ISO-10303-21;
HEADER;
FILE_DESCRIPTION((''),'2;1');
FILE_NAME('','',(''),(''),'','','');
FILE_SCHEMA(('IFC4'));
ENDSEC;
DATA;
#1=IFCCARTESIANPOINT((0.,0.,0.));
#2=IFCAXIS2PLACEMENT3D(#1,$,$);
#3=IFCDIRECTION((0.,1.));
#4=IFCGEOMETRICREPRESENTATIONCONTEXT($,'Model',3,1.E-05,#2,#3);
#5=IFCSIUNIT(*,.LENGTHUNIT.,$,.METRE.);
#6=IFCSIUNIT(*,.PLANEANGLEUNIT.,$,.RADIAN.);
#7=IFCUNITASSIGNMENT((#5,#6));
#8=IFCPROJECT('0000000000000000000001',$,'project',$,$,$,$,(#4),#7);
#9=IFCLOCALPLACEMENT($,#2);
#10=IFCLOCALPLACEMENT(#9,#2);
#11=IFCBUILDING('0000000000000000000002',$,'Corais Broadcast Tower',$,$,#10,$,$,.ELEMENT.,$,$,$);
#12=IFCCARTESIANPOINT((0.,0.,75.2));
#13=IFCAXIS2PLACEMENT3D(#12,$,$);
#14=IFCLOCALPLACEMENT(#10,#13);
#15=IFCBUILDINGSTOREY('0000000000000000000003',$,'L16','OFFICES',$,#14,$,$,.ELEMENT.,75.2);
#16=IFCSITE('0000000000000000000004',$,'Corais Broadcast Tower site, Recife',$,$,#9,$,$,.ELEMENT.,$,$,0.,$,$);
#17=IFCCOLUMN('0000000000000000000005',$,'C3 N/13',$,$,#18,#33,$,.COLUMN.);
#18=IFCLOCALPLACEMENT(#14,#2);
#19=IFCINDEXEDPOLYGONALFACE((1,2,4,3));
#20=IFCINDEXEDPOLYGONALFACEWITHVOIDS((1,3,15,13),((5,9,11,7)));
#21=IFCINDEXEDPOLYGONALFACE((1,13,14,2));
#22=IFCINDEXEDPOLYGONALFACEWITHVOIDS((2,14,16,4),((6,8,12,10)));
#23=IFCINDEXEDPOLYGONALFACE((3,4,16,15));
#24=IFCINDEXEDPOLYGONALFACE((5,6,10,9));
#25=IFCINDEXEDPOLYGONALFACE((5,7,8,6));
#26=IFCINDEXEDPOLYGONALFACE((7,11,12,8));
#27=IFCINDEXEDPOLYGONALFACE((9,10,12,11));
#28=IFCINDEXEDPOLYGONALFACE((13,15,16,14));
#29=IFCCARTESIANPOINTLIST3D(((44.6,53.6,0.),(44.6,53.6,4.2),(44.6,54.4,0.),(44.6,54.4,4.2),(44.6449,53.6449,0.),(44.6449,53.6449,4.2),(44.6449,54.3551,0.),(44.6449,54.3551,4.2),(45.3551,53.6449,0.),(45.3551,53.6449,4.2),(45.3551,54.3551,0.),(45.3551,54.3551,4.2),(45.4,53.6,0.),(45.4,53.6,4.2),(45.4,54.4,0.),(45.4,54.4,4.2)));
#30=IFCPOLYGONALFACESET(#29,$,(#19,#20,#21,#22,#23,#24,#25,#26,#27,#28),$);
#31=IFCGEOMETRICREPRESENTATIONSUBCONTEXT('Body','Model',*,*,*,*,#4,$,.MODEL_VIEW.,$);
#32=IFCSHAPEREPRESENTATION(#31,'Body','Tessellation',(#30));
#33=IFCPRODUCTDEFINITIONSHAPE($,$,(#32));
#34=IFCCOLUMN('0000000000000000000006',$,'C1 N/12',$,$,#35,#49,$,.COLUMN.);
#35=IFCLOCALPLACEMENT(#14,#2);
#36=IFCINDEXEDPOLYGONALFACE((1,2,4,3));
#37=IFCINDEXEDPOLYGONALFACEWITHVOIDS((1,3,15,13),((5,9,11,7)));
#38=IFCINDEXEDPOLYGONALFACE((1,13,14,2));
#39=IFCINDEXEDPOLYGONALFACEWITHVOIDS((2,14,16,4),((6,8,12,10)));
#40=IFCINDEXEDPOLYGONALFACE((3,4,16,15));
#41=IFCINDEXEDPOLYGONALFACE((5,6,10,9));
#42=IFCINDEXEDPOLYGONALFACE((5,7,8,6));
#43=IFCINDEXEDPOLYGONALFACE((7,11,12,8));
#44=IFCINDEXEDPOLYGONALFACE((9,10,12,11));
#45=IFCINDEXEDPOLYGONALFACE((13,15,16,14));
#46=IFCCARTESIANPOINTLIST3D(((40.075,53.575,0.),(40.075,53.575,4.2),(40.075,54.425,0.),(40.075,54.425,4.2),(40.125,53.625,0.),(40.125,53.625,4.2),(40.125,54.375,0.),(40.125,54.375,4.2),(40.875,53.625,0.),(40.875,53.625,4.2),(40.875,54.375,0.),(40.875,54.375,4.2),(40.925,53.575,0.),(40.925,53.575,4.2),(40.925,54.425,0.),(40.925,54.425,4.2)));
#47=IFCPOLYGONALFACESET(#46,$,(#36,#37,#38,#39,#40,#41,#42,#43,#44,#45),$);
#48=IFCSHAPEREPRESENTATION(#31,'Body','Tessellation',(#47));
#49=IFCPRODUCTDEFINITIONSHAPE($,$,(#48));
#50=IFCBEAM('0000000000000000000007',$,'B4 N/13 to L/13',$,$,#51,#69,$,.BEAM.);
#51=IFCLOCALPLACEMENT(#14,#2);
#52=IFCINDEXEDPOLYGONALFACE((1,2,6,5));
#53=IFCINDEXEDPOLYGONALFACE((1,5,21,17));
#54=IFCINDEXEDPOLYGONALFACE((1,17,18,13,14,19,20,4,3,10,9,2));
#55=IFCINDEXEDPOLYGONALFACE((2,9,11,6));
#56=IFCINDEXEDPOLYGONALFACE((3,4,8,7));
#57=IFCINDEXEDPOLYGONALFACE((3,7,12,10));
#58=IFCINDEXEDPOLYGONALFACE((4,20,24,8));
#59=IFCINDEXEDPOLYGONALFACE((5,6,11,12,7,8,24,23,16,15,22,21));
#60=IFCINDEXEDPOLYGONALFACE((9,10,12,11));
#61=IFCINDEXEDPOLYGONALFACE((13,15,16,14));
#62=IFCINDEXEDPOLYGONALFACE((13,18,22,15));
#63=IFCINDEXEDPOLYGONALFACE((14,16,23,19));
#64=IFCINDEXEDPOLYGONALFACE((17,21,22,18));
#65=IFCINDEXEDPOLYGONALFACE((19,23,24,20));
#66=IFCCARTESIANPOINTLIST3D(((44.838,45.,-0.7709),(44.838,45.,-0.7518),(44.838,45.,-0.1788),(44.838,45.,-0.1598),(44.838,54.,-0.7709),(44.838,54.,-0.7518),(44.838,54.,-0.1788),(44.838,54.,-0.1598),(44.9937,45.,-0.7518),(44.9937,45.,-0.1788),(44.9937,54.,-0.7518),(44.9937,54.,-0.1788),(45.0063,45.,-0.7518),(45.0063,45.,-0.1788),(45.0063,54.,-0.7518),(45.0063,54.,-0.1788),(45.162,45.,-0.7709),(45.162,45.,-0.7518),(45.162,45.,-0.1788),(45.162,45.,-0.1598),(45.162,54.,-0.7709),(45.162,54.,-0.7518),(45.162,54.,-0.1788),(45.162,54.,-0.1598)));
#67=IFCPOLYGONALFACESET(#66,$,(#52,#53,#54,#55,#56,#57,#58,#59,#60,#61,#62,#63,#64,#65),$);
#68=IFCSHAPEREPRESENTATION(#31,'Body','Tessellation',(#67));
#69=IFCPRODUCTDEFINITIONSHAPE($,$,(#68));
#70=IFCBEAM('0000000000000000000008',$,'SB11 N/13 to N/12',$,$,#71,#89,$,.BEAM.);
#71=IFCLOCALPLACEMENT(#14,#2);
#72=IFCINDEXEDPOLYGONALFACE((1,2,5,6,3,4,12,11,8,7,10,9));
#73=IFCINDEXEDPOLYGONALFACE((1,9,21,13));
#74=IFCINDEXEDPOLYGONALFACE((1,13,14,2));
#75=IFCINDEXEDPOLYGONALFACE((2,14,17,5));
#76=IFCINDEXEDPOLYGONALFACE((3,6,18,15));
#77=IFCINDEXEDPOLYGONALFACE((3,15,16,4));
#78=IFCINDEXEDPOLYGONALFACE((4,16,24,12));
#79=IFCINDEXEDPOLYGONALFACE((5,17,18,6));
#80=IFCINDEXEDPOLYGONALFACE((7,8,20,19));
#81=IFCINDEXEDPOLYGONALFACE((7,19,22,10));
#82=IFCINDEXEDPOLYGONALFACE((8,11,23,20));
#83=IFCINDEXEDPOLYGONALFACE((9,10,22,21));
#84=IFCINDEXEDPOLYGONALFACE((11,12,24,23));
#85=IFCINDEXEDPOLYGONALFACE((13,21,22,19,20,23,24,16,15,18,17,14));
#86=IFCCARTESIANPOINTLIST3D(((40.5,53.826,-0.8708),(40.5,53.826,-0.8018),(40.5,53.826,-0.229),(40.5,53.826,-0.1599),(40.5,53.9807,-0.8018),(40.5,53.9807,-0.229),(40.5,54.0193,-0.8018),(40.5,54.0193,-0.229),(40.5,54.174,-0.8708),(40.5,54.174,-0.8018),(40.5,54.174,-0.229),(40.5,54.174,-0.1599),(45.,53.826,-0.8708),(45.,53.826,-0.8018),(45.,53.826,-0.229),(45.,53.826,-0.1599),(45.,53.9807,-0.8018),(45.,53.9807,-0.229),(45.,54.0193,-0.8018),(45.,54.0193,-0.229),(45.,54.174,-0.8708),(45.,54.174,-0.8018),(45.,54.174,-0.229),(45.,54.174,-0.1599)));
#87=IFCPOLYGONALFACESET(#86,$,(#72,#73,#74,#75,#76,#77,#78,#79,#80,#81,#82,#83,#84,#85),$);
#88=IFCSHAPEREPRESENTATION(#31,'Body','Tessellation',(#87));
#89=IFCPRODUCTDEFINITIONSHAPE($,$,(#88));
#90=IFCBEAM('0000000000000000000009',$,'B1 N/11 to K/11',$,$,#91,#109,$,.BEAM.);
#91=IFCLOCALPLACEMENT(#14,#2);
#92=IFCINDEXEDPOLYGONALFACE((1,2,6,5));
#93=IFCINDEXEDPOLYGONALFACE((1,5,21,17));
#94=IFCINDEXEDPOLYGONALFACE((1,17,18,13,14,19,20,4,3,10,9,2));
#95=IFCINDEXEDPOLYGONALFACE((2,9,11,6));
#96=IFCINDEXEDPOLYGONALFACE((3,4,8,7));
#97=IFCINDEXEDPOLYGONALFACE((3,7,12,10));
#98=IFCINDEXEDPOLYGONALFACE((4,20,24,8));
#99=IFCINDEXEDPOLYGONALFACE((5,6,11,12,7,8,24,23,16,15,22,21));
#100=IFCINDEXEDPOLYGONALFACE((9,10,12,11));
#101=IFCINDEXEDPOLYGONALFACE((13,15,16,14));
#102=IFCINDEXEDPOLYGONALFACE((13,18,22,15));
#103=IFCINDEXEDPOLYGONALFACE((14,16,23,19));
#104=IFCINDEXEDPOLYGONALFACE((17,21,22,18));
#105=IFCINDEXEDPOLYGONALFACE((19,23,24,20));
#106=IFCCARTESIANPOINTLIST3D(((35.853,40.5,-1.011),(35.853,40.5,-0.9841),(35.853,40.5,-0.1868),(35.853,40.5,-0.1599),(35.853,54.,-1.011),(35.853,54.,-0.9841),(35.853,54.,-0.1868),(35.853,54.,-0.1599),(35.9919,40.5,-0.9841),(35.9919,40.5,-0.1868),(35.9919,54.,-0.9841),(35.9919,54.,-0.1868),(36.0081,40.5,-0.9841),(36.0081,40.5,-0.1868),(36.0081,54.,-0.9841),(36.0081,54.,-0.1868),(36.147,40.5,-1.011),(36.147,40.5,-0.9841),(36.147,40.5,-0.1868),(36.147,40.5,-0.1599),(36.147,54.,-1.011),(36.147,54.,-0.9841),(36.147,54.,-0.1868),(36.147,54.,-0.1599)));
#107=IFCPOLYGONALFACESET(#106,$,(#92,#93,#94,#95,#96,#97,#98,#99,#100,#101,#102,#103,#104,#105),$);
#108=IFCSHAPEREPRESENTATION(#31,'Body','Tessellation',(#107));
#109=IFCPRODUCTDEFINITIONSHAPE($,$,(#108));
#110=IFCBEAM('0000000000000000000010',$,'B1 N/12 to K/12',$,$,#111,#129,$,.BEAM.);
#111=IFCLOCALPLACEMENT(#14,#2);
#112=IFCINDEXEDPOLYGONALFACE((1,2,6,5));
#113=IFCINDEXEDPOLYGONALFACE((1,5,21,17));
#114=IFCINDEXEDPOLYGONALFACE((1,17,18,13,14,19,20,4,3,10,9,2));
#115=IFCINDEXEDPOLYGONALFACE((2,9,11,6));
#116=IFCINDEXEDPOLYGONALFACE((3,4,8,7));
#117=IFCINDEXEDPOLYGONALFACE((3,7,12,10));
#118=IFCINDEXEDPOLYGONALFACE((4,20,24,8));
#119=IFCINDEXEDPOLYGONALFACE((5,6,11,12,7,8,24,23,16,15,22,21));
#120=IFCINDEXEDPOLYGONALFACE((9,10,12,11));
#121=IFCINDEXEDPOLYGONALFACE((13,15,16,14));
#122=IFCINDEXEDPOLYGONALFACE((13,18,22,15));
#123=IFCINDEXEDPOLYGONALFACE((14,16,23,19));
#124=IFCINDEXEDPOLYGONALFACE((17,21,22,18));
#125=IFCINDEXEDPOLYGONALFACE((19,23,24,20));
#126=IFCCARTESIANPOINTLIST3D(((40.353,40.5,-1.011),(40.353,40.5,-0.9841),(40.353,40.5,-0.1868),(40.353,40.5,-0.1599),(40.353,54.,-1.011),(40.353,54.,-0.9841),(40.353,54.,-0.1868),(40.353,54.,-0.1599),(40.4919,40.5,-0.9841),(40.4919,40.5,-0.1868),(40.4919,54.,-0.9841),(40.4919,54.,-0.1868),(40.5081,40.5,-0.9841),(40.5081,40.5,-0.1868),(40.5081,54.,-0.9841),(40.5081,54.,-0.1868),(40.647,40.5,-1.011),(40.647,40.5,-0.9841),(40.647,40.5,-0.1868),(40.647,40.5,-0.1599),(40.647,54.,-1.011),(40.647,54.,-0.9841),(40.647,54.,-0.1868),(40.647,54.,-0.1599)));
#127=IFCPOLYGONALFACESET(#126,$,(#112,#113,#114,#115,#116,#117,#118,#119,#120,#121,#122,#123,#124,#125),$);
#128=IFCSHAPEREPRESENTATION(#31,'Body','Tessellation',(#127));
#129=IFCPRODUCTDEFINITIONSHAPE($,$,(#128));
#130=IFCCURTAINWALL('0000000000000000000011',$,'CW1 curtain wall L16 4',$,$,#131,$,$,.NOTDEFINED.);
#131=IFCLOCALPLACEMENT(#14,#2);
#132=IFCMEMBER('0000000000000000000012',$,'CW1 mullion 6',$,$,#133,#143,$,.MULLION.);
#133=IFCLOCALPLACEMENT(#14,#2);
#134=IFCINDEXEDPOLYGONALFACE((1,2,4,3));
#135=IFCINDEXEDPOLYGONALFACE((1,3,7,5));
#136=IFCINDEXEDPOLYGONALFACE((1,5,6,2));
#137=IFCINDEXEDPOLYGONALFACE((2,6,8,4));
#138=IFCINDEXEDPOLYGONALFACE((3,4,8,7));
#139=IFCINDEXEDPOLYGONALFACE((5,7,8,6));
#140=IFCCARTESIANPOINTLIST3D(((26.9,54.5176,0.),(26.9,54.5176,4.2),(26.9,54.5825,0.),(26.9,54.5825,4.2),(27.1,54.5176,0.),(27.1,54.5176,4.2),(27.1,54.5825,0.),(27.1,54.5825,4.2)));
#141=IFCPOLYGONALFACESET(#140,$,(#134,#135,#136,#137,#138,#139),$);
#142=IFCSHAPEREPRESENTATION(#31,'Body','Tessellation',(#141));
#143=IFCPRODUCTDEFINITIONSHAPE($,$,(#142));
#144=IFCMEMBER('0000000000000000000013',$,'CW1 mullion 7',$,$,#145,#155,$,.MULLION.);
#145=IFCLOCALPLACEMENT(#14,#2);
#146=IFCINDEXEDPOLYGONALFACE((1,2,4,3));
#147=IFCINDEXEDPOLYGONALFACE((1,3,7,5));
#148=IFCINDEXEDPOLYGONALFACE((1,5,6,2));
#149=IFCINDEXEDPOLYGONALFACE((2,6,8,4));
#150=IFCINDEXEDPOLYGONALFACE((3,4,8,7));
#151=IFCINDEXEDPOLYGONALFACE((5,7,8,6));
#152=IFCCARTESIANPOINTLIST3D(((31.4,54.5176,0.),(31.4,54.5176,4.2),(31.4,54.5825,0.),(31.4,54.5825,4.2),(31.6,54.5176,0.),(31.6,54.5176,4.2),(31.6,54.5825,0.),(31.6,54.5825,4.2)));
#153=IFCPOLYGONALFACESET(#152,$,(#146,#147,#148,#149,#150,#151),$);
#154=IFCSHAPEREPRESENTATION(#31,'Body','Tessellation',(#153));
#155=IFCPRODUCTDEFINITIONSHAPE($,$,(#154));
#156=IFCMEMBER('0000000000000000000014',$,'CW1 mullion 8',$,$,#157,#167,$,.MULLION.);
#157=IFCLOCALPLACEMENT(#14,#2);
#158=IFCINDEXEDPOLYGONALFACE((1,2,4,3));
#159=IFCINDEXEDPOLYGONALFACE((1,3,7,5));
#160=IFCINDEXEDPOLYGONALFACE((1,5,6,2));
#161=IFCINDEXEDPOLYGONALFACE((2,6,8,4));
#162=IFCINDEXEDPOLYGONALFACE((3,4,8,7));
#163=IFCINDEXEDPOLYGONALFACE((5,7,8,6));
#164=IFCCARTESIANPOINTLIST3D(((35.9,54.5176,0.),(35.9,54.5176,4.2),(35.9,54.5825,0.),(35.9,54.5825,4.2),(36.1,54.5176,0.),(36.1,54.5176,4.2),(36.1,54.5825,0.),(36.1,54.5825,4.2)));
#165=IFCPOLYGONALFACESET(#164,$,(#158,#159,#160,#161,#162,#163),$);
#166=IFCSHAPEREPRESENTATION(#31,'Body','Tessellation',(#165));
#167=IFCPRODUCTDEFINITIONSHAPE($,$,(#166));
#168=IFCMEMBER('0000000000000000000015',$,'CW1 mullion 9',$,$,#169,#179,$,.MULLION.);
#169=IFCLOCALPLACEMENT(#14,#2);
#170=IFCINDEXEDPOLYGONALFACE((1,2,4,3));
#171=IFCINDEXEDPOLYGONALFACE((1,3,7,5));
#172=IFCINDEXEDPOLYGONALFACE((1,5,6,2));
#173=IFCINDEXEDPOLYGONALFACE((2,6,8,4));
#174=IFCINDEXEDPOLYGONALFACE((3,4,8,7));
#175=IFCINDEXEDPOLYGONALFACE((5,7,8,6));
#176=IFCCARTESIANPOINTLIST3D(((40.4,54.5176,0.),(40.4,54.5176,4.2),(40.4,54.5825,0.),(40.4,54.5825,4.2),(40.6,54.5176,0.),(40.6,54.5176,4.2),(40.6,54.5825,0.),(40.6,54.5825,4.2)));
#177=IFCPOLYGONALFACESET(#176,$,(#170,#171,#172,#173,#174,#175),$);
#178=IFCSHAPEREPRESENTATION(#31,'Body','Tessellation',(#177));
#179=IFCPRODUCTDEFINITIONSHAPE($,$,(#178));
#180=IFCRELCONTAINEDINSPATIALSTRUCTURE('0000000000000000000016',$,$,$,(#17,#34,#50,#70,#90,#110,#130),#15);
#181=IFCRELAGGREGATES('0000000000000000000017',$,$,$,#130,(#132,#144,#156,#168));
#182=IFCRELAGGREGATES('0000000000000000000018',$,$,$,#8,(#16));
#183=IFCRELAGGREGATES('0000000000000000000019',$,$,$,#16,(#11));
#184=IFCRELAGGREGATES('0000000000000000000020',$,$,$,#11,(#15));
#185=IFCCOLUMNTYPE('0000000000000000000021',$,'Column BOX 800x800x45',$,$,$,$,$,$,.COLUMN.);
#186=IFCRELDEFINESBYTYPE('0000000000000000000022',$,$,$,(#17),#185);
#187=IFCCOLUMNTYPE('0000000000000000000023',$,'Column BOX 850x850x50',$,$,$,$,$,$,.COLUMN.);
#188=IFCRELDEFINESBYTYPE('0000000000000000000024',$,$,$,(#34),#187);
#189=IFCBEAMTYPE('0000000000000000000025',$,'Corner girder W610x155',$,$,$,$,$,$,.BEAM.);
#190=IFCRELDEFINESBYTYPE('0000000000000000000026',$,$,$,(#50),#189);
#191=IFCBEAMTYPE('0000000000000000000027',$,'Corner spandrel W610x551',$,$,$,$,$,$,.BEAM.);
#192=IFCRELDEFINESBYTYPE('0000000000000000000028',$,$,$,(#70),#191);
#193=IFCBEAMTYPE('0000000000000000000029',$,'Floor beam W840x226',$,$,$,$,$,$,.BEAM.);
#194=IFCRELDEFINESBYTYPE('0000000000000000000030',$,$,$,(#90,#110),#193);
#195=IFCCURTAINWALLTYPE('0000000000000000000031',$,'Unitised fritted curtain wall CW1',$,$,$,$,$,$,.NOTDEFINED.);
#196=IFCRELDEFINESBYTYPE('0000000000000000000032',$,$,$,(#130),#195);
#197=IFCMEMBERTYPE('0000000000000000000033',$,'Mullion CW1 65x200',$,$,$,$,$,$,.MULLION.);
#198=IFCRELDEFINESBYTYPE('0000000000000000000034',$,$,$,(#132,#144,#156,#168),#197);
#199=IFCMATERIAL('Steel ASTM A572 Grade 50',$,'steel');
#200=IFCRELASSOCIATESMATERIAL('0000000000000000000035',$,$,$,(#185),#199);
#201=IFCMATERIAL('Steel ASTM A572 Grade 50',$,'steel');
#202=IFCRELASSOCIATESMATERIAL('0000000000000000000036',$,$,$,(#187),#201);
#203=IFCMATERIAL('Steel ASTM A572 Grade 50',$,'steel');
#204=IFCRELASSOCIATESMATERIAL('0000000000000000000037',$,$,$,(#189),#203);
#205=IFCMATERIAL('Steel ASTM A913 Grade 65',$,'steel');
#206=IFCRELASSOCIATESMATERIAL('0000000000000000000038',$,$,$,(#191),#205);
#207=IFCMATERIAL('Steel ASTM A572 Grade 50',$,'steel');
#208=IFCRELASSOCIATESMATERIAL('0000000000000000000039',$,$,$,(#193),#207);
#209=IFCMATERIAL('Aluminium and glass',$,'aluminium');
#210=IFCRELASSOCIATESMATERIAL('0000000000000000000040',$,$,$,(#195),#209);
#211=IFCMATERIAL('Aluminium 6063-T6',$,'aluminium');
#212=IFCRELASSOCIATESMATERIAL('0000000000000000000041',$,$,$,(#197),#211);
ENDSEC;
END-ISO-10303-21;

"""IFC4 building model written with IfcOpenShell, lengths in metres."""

from ifc_helpers import new_model, si_unit, direction, frame, origin, origin_2d, place, context, subcontext, project, spatial, rectangle, hollow_rectangle, i_section, extrude, material, material_profile, profile_set, type_object, element, aggregate, save


model = new_model("IFC4")

# Units and contexts
model_context = context("Model", 3, precision=1e-05, world=origin(), true_north=direction((0.0, 1.0)))
body_context = subcontext(model_context, "Body", "Model", "MODEL_VIEW")
ifc_project = project(units=[si_unit("LENGTHUNIT", "METRE"), si_unit("PLANEANGLEUNIT", "RADIAN")], contexts=[model_context])

# Site, building, storey
site_placement = place(None, origin())
site = spatial("IfcSite", under=ifc_project, at=site_placement, Name="Corais Broadcast Tower site, Recife", CompositionType="ELEMENT", RefElevation=0.0)
building_placement = place(site_placement, origin())
building = spatial("IfcBuilding", under=site, at=building_placement, Name="Corais Broadcast Tower", CompositionType="ELEMENT")
storey_placement = place(building_placement, frame((0.0, 0.0, 75.2)))
storey = spatial("IfcBuildingStorey", under=building, at=storey_placement, Name="L16", Description="OFFICES", CompositionType="ELEMENT", Elevation=75.2)

# Columns
ifc_material_1 = material(Name="Steel ASTM A572 Grade 50", Category="steel")
ifc_material_profile_1 = material_profile(ifc_material_1, hollow_rectangle(XDim=0.8, YDim=0.8, WallThickness=0.0449, at=origin_2d()), Name="BOX 800x800x45")
ifc_profile_set_1 = profile_set([ifc_material_profile_1], Name="Steel ASTM A572 Grade 50")
column_type_1 = type_object("IfcColumnType", Name="Column BOX 800x800x45", PredefinedType="COLUMN", material=ifc_profile_set_1)
column_1_placement = place(storey_placement, frame((45.0, 54.0, 0.0), z_axis=(0.0, 0.0, 1.0), x_axis=(1.0, 0.0, 0.0)))
element("IfcColumn", 1, at=column_1_placement, inside=storey, type_object=column_type_1, Name="C3 N/13", PredefinedType="COLUMN", context=body_context, shape_type="SweptSolid", body=[
    extrude(hollow_rectangle(XDim=0.8, YDim=0.8, WallThickness=0.0449, at=origin_2d()), origin(), (0.0, 0.0, 1.0), 4.2),
])
ifc_material_2 = material(Name="Steel ASTM A572 Grade 50", Category="steel")
ifc_material_profile_2 = material_profile(ifc_material_2, hollow_rectangle(XDim=0.8501, YDim=0.8501, WallThickness=0.05, at=origin_2d()), Name="BOX 850x850x50")
ifc_profile_set_2 = profile_set([ifc_material_profile_2], Name="Steel ASTM A572 Grade 50")
column_type_2 = type_object("IfcColumnType", Name="Column BOX 850x850x50", PredefinedType="COLUMN", material=ifc_profile_set_2)
column_2_placement = place(storey_placement, frame((40.5, 54.0, 0.0), z_axis=(0.0, 0.0, 1.0), x_axis=(1.0, 0.0, 0.0)))
element("IfcColumn", 2, at=column_2_placement, inside=storey, type_object=column_type_2, Name="C1 N/12", PredefinedType="COLUMN", context=body_context, shape_type="SweptSolid", body=[
    extrude(hollow_rectangle(XDim=0.8501, YDim=0.8501, WallThickness=0.05, at=origin_2d()), origin(), (0.0, 0.0, 1.0), 4.2),
])

# Beams
ifc_material_3 = material(Name="Steel ASTM A572 Grade 50", Category="steel")
ifc_material_profile_3 = material_profile(ifc_material_3, i_section(OverallWidth=0.324, OverallDepth=0.6111, WebThickness=0.0127, FlangeThickness=0.019, at=origin_2d()), Name="W610x155")
ifc_profile_set_3 = profile_set([ifc_material_profile_3], Name="Steel ASTM A572 Grade 50")
beam_type_1 = type_object("IfcBeamType", Name="Corner girder W610x155", PredefinedType="BEAM", material=ifc_profile_set_3)
beam_1_placement = place(storey_placement, frame((45.0, 54.0, -0.4653), z_axis=(0.0, -1.0, 0.0), x_axis=(1.0, 0.0, 0.0)))
element("IfcBeam", 3, at=beam_1_placement, inside=storey, type_object=beam_type_1, Name="B4 N/13 to L/13", PredefinedType="BEAM", context=body_context, shape_type="SweptSolid", body=[
    extrude(i_section(OverallWidth=0.324, OverallDepth=0.6111, WebThickness=0.0127, FlangeThickness=0.019, at=origin_2d()), origin(), (0.0, 0.0, 1.0), 9.0),
])
ifc_material_4 = material(Name="Steel ASTM A913 Grade 65", Category="steel")
ifc_material_profile_4 = material_profile(ifc_material_4, i_section(OverallWidth=0.3479, OverallDepth=0.7109, WebThickness=0.0386, FlangeThickness=0.0691, at=origin_2d()), Name="W610x551")
ifc_profile_set_4 = profile_set([ifc_material_profile_4], Name="Steel ASTM A913 Grade 65")
beam_type_2 = type_object("IfcBeamType", Name="Corner spandrel W610x551", PredefinedType="BEAM", material=ifc_profile_set_4)
beam_2_placement = place(storey_placement, frame((45.0, 54.0, -0.5154), z_axis=(-1.0, 0.0, 0.0), x_axis=(0.0, -1.0, 0.0)))
element("IfcBeam", 4, at=beam_2_placement, inside=storey, type_object=beam_type_2, Name="SB11 N/13 to N/12", PredefinedType="BEAM", context=body_context, shape_type="SweptSolid", body=[
    extrude(i_section(OverallWidth=0.3479, OverallDepth=0.7109, WebThickness=0.0386, FlangeThickness=0.0691, at=origin_2d()), origin(), (0.0, 0.0, 1.0), 4.5),
])
ifc_material_5 = material(Name="Steel ASTM A572 Grade 50", Category="steel")
ifc_material_profile_5 = material_profile(ifc_material_5, i_section(OverallWidth=0.2939, OverallDepth=0.8511, WebThickness=0.0161, FlangeThickness=0.0269, at=origin_2d()), Name="W840x226")
ifc_profile_set_5 = profile_set([ifc_material_profile_5], Name="Steel ASTM A572 Grade 50")
beam_type_3 = type_object("IfcBeamType", Name="Floor beam W840x226", PredefinedType="BEAM", material=ifc_profile_set_5)
for number, where, z_axis, x_axis, name in (
    (5, (36.0, 54.0, -0.5854), (0.0, -1.0, 0.0), (1.0, 0.0, 0.0), "B1 N/11 to K/11"),
    (6, (40.5, 54.0, -0.5854), (0.0, -1.0, 0.0), (1.0, 0.0, 0.0), "B1 N/12 to K/12"),
):
    element("IfcBeam", number, at=place(storey_placement, frame(where, z_axis=z_axis, x_axis=x_axis)), inside=storey, type_object=beam_type_3, Name=name, PredefinedType="BEAM", context=body_context, shape_type="SweptSolid", body=[
        extrude(i_section(OverallWidth=0.2939, OverallDepth=0.8511, WebThickness=0.0161, FlangeThickness=0.0269, at=origin_2d()), origin(), (0.0, 0.0, 1.0), 13.5),
    ])

# Curtain wall, members
ifc_material_6 = material(Name="Aluminium and glass", Category="aluminium")
curtain_wall_type = type_object("IfcCurtainWallType", Name="Unitised fritted curtain wall CW1", PredefinedType="NOTDEFINED", material=ifc_material_6)
curtain_wall_1_placement = place(storey_placement, origin())
curtain_wall_1 = element("IfcCurtainWall", 7, at=curtain_wall_1_placement, inside=storey, type_object=curtain_wall_type, Name="CW1 curtain wall L16 4", PredefinedType="NOTDEFINED")
ifc_material_7 = material(Name="Aluminium 6063-T6", Category="aluminium")
ifc_material_profile_6 = material_profile(ifc_material_7, rectangle(XDim=0.0649, YDim=0.2, at=origin_2d()), Name="Mullion CW1 65x200")
ifc_profile_set_6 = profile_set([ifc_material_profile_6], Name="Aluminium 6063-T6")
member_type_1 = type_object("IfcMemberType", Name="Mullion CW1 65x200", PredefinedType="MULLION", material=ifc_profile_set_6)
member_1_placement = place(storey_placement, frame((27.0, 54.55, 0.0), z_axis=(0.0, 0.0, 1.0), x_axis=(0.0, 1.0, 0.0)))
member_1 = element("IfcMember", 8, at=member_1_placement, type_object=member_type_1, Name="CW1 mullion 6", PredefinedType="MULLION", context=body_context, shape_type="SweptSolid", body=[
    extrude(rectangle(XDim=0.0649, YDim=0.2, at=origin_2d()), origin(), (0.0, 0.0, 1.0), 4.2),
])
member_2_placement = place(storey_placement, frame((31.5, 54.55, 0.0), z_axis=(0.0, 0.0, 1.0), x_axis=(0.0, 1.0, 0.0)))
member_2 = element("IfcMember", 9, at=member_2_placement, type_object=member_type_1, Name="CW1 mullion 7", PredefinedType="MULLION", context=body_context, shape_type="SweptSolid", body=[
    extrude(rectangle(XDim=0.0649, YDim=0.2, at=origin_2d()), origin(), (0.0, 0.0, 1.0), 4.2),
])
member_3_placement = place(storey_placement, frame((36.0, 54.55, 0.0), z_axis=(0.0, 0.0, 1.0), x_axis=(0.0, 1.0, 0.0)))
member_3 = element("IfcMember", 10, at=member_3_placement, type_object=member_type_1, Name="CW1 mullion 8", PredefinedType="MULLION", context=body_context, shape_type="SweptSolid", body=[
    extrude(rectangle(XDim=0.0649, YDim=0.2, at=origin_2d()), origin(), (0.0, 0.0, 1.0), 4.2),
])
member_4_placement = place(storey_placement, frame((40.5, 54.55, 0.0), z_axis=(0.0, 0.0, 1.0), x_axis=(0.0, 1.0, 0.0)))
member_4 = element("IfcMember", 11, at=member_4_placement, type_object=member_type_1, Name="CW1 mullion 9", PredefinedType="MULLION", context=body_context, shape_type="SweptSolid", body=[
    extrude(rectangle(XDim=0.0649, YDim=0.2, at=origin_2d()), origin(), (0.0, 0.0, 1.0), 4.2),
])

aggregate(curtain_wall_1, [member_1, member_2, member_3, member_4])

save(model, "model.ifc")
